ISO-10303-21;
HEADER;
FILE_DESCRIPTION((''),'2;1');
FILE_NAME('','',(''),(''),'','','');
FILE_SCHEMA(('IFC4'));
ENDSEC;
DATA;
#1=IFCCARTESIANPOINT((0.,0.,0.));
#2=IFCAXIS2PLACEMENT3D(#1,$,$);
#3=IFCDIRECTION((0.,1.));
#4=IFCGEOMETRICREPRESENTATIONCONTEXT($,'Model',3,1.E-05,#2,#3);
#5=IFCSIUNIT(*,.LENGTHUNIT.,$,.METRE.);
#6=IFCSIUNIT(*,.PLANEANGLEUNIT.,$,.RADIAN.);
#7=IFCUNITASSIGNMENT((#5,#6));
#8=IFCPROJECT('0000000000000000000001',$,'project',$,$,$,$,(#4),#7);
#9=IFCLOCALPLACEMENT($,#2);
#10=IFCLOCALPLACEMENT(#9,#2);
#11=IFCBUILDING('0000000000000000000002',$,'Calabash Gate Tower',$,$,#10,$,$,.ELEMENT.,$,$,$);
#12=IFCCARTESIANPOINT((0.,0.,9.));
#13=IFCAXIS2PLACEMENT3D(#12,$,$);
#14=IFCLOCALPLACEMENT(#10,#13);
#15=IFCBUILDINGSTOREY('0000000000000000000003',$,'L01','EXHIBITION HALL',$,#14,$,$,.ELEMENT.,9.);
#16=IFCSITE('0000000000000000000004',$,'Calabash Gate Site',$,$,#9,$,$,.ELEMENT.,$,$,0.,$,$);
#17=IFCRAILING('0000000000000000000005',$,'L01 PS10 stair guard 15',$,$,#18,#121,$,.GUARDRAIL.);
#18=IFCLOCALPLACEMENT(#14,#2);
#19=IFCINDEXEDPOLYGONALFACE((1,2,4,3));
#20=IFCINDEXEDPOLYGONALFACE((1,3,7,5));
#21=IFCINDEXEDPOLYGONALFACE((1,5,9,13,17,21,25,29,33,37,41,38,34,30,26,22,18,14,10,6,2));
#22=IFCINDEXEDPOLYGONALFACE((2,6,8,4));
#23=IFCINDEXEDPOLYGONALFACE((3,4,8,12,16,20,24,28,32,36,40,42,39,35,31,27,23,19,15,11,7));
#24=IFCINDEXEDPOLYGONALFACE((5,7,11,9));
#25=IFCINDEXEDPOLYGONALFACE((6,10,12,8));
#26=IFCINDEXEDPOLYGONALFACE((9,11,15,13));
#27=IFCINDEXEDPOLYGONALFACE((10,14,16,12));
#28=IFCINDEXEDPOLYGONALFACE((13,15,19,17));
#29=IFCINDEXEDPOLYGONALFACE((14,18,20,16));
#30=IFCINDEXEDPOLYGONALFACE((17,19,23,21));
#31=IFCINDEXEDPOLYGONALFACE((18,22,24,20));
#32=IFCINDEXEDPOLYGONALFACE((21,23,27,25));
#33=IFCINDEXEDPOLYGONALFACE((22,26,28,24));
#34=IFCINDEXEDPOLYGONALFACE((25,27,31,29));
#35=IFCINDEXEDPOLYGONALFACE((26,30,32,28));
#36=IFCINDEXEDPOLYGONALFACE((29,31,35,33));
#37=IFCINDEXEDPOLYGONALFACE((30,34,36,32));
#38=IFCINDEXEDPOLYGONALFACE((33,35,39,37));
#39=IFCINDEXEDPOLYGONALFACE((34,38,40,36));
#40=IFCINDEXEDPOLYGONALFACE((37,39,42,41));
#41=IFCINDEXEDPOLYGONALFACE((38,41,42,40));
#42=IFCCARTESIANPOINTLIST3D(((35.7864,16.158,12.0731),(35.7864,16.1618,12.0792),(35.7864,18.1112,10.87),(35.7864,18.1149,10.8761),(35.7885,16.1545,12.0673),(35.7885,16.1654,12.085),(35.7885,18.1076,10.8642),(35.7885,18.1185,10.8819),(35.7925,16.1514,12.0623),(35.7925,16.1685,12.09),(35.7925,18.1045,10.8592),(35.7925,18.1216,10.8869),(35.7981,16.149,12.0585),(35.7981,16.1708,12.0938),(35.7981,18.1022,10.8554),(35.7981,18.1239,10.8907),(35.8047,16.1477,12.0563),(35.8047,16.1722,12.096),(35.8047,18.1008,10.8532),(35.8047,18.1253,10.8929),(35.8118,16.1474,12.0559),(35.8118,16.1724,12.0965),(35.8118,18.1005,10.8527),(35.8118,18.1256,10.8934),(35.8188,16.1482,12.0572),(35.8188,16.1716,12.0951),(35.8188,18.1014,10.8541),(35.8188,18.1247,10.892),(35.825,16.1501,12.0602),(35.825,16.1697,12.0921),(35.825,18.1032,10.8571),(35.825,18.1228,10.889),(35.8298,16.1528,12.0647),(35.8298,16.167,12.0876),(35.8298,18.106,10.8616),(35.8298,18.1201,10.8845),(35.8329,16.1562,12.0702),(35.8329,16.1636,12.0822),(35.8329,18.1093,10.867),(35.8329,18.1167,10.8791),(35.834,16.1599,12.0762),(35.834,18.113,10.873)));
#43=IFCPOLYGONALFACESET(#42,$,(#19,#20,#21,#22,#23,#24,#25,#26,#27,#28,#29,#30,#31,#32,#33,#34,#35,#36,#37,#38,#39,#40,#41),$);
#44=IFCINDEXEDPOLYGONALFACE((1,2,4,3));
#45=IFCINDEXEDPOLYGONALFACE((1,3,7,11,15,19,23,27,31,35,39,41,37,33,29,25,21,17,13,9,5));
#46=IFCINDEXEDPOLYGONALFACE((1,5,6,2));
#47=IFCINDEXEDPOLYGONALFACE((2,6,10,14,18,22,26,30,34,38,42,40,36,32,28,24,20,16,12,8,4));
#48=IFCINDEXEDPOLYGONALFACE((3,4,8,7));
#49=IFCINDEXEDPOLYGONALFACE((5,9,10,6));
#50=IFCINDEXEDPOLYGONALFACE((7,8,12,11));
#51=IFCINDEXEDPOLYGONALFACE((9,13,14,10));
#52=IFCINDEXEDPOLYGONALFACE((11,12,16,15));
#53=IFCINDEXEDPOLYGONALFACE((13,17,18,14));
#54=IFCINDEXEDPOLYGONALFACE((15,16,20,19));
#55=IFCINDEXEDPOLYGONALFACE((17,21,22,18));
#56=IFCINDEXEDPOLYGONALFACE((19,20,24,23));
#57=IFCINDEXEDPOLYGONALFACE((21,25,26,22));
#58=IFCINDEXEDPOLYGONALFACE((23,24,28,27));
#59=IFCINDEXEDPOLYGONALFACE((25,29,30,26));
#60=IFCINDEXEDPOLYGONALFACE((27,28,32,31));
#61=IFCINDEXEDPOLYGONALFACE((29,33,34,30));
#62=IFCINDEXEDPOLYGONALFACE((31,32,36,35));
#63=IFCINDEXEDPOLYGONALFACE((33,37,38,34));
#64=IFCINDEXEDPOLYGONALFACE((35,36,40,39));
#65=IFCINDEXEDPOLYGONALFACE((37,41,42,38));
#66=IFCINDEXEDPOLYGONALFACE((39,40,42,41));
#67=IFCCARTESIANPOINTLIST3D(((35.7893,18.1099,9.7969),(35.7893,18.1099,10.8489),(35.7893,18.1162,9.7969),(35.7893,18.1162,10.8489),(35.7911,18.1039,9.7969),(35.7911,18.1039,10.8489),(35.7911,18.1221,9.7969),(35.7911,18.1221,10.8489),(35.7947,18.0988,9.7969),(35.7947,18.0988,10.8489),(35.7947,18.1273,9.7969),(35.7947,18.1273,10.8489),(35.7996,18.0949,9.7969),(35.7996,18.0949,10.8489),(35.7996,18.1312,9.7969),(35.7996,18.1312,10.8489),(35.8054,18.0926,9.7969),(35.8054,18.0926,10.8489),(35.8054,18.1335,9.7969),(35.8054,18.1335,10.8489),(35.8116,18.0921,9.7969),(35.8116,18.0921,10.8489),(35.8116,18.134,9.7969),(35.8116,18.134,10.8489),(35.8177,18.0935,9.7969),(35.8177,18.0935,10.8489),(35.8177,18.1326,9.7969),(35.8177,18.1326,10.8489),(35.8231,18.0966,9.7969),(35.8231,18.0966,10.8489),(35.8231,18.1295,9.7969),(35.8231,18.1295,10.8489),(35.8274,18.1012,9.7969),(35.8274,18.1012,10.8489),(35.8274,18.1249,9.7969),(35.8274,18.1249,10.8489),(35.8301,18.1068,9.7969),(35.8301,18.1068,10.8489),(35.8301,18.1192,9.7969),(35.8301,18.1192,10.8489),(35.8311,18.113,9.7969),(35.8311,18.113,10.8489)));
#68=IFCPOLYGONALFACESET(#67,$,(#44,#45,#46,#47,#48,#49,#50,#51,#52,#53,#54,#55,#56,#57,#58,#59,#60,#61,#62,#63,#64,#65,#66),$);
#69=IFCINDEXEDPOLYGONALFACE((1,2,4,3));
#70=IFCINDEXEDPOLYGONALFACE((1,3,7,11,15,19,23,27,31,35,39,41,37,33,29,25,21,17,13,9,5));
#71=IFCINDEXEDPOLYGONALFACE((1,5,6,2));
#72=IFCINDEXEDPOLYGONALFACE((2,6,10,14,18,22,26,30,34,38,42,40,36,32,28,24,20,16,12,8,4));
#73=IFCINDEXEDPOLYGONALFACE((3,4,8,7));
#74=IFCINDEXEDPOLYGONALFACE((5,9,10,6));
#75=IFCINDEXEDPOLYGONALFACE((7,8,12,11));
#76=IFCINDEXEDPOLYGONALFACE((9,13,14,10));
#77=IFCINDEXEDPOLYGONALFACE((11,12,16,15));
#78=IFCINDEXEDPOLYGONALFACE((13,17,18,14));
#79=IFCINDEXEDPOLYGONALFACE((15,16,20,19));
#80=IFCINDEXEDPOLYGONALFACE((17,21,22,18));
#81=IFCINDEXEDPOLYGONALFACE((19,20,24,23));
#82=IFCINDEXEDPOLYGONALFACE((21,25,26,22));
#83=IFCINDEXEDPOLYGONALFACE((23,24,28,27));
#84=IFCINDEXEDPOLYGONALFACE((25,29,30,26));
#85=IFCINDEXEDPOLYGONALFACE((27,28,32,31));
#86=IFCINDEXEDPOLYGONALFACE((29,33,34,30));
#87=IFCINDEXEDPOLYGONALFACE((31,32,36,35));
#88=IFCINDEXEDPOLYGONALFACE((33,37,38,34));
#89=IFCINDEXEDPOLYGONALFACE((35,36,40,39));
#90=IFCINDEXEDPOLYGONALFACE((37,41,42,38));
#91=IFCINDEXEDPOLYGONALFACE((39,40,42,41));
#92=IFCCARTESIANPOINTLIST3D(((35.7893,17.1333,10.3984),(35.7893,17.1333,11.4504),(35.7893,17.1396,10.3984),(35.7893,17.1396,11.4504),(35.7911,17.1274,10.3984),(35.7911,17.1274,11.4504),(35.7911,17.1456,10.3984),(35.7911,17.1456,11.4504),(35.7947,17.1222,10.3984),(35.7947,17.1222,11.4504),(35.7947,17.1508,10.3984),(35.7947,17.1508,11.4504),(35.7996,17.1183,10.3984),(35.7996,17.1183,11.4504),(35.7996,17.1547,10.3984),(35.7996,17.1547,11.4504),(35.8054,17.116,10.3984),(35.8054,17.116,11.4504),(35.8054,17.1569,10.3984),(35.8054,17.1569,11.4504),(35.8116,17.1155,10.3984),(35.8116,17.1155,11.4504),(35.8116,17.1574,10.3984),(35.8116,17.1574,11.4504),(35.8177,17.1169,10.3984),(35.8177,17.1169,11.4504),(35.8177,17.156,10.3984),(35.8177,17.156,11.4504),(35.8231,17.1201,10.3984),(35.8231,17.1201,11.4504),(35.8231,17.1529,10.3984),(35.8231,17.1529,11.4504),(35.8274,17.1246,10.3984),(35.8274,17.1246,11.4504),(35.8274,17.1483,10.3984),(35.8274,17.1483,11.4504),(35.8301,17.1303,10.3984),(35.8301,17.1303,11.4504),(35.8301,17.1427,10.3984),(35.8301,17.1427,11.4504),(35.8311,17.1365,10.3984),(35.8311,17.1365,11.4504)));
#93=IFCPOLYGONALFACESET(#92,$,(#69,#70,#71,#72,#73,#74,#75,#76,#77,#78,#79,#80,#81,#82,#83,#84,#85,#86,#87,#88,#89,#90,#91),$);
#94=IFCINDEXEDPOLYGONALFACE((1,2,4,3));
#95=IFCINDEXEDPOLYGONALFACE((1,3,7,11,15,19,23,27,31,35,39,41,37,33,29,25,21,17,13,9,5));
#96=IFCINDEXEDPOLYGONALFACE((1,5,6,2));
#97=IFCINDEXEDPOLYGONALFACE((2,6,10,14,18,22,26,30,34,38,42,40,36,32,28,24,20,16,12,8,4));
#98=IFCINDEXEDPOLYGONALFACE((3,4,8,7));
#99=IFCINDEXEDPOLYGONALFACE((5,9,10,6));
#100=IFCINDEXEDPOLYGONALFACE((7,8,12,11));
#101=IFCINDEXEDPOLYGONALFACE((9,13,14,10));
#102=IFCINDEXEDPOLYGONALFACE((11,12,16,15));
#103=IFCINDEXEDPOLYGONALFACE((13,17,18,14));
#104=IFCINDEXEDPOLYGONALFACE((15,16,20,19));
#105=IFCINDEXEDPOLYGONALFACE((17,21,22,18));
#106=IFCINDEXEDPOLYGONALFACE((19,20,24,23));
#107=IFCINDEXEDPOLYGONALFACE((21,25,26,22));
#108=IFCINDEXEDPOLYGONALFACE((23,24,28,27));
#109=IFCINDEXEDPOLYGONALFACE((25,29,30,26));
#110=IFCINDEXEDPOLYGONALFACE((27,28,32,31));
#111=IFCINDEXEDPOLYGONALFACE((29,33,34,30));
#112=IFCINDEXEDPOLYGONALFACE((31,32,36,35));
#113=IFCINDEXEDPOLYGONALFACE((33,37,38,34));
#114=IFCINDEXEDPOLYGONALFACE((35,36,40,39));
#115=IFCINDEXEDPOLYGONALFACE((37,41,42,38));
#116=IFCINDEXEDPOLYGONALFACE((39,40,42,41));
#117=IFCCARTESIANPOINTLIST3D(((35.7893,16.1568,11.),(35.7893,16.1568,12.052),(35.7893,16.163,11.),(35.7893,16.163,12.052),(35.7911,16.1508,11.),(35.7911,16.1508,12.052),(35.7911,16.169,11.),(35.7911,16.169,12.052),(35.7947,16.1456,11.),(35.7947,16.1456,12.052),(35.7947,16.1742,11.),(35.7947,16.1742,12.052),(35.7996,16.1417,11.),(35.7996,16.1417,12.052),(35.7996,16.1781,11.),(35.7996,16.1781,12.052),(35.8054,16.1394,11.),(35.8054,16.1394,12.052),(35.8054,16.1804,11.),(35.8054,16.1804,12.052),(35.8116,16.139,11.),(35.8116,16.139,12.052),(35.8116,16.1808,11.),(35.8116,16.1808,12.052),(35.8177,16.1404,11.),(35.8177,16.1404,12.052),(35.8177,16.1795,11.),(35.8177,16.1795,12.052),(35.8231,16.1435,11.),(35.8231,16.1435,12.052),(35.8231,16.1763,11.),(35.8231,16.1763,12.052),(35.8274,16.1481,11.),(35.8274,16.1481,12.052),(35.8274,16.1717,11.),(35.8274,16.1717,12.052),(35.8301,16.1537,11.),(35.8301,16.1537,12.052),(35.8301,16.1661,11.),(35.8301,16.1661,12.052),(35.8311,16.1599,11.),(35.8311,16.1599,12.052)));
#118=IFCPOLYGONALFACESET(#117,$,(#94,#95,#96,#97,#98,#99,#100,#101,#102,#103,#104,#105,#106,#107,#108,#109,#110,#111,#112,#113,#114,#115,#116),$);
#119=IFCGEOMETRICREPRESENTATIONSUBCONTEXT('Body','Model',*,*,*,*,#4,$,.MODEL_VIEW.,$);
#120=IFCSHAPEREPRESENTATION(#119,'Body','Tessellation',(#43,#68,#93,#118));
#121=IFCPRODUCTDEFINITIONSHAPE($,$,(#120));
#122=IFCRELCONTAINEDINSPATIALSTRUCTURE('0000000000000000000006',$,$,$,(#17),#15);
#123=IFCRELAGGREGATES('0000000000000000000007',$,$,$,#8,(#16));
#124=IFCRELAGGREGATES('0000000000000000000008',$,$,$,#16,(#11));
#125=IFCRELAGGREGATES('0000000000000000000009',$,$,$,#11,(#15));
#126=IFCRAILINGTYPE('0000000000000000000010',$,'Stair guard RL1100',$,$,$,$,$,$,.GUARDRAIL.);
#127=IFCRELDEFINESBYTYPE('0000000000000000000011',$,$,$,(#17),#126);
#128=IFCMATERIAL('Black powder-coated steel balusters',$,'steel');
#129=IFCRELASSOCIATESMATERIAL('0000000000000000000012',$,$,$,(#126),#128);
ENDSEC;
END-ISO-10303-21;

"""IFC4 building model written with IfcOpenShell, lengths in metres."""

from ifc_helpers import new_model, si_unit, direction, frame, origin, origin_2d, place, context, subcontext, project, spatial, circle, extrude, material, type_object, element, save


model = new_model("IFC4")

# Units and contexts
model_context = context("Model", 3, precision=1e-05, world=origin(), true_north=direction((0.0, 1.0)))
body_context = subcontext(model_context, "Body", "Model", "MODEL_VIEW")
ifc_project = project(units=[si_unit("LENGTHUNIT", "METRE"), si_unit("PLANEANGLEUNIT", "RADIAN")], contexts=[model_context])

# Site, building, storey
site_placement = place(None, origin())
site = spatial("IfcSite", under=ifc_project, at=site_placement, Name="Calabash Gate Site", CompositionType="ELEMENT", RefElevation=0.0)
building_placement = place(site_placement, origin())
building = spatial("IfcBuilding", under=site, at=building_placement, Name="Calabash Gate Tower", CompositionType="ELEMENT")
storey_placement = place(building_placement, frame((0.0, 0.0, 9.0)))
storey = spatial("IfcBuildingStorey", under=building, at=storey_placement, Name="L01", Description="EXHIBITION HALL", CompositionType="ELEMENT", Elevation=9.0)

# Railing
ifc_material_1 = material(Name="Black powder-coated steel balusters", Category="steel")
railing_type_1 = type_object("IfcRailingType", Name="Stair guard RL1100", PredefinedType="GUARDRAIL", material=ifc_material_1)
railing_1_placement = place(storey_placement, frame((35.8101, 18.113, 9.7969)))
element("IfcRailing", 1, at=railing_1_placement, inside=storey, type_object=railing_type_1, Name="L01 PS10 stair guard 15", PredefinedType="GUARDRAIL", context=body_context, shape_type="SweptSolid", body=[
    extrude(circle(Radius=0.0239, at=origin_2d()), frame((0.0, 0.0, 1.0762), z_axis=(0.0, -0.851424, 0.524477), x_axis=(1.0, 0.0, 0.0)), (0.0, 0.0, 1.0), 2.2939),
    extrude(circle(Radius=0.021, at=origin_2d()), origin(), (0.0, 0.0, 1.0), 1.052),
    extrude(circle(Radius=0.021, at=origin_2d()), frame((0.0, -0.9766, 0.6016)), (0.0, 0.0, 1.0), 1.052),
    extrude(circle(Radius=0.021, at=origin_2d()), frame((0.0, -1.9531, 1.2031)), (0.0, 0.0, 1.0), 1.052),
])

save(model, "model.ifc")
